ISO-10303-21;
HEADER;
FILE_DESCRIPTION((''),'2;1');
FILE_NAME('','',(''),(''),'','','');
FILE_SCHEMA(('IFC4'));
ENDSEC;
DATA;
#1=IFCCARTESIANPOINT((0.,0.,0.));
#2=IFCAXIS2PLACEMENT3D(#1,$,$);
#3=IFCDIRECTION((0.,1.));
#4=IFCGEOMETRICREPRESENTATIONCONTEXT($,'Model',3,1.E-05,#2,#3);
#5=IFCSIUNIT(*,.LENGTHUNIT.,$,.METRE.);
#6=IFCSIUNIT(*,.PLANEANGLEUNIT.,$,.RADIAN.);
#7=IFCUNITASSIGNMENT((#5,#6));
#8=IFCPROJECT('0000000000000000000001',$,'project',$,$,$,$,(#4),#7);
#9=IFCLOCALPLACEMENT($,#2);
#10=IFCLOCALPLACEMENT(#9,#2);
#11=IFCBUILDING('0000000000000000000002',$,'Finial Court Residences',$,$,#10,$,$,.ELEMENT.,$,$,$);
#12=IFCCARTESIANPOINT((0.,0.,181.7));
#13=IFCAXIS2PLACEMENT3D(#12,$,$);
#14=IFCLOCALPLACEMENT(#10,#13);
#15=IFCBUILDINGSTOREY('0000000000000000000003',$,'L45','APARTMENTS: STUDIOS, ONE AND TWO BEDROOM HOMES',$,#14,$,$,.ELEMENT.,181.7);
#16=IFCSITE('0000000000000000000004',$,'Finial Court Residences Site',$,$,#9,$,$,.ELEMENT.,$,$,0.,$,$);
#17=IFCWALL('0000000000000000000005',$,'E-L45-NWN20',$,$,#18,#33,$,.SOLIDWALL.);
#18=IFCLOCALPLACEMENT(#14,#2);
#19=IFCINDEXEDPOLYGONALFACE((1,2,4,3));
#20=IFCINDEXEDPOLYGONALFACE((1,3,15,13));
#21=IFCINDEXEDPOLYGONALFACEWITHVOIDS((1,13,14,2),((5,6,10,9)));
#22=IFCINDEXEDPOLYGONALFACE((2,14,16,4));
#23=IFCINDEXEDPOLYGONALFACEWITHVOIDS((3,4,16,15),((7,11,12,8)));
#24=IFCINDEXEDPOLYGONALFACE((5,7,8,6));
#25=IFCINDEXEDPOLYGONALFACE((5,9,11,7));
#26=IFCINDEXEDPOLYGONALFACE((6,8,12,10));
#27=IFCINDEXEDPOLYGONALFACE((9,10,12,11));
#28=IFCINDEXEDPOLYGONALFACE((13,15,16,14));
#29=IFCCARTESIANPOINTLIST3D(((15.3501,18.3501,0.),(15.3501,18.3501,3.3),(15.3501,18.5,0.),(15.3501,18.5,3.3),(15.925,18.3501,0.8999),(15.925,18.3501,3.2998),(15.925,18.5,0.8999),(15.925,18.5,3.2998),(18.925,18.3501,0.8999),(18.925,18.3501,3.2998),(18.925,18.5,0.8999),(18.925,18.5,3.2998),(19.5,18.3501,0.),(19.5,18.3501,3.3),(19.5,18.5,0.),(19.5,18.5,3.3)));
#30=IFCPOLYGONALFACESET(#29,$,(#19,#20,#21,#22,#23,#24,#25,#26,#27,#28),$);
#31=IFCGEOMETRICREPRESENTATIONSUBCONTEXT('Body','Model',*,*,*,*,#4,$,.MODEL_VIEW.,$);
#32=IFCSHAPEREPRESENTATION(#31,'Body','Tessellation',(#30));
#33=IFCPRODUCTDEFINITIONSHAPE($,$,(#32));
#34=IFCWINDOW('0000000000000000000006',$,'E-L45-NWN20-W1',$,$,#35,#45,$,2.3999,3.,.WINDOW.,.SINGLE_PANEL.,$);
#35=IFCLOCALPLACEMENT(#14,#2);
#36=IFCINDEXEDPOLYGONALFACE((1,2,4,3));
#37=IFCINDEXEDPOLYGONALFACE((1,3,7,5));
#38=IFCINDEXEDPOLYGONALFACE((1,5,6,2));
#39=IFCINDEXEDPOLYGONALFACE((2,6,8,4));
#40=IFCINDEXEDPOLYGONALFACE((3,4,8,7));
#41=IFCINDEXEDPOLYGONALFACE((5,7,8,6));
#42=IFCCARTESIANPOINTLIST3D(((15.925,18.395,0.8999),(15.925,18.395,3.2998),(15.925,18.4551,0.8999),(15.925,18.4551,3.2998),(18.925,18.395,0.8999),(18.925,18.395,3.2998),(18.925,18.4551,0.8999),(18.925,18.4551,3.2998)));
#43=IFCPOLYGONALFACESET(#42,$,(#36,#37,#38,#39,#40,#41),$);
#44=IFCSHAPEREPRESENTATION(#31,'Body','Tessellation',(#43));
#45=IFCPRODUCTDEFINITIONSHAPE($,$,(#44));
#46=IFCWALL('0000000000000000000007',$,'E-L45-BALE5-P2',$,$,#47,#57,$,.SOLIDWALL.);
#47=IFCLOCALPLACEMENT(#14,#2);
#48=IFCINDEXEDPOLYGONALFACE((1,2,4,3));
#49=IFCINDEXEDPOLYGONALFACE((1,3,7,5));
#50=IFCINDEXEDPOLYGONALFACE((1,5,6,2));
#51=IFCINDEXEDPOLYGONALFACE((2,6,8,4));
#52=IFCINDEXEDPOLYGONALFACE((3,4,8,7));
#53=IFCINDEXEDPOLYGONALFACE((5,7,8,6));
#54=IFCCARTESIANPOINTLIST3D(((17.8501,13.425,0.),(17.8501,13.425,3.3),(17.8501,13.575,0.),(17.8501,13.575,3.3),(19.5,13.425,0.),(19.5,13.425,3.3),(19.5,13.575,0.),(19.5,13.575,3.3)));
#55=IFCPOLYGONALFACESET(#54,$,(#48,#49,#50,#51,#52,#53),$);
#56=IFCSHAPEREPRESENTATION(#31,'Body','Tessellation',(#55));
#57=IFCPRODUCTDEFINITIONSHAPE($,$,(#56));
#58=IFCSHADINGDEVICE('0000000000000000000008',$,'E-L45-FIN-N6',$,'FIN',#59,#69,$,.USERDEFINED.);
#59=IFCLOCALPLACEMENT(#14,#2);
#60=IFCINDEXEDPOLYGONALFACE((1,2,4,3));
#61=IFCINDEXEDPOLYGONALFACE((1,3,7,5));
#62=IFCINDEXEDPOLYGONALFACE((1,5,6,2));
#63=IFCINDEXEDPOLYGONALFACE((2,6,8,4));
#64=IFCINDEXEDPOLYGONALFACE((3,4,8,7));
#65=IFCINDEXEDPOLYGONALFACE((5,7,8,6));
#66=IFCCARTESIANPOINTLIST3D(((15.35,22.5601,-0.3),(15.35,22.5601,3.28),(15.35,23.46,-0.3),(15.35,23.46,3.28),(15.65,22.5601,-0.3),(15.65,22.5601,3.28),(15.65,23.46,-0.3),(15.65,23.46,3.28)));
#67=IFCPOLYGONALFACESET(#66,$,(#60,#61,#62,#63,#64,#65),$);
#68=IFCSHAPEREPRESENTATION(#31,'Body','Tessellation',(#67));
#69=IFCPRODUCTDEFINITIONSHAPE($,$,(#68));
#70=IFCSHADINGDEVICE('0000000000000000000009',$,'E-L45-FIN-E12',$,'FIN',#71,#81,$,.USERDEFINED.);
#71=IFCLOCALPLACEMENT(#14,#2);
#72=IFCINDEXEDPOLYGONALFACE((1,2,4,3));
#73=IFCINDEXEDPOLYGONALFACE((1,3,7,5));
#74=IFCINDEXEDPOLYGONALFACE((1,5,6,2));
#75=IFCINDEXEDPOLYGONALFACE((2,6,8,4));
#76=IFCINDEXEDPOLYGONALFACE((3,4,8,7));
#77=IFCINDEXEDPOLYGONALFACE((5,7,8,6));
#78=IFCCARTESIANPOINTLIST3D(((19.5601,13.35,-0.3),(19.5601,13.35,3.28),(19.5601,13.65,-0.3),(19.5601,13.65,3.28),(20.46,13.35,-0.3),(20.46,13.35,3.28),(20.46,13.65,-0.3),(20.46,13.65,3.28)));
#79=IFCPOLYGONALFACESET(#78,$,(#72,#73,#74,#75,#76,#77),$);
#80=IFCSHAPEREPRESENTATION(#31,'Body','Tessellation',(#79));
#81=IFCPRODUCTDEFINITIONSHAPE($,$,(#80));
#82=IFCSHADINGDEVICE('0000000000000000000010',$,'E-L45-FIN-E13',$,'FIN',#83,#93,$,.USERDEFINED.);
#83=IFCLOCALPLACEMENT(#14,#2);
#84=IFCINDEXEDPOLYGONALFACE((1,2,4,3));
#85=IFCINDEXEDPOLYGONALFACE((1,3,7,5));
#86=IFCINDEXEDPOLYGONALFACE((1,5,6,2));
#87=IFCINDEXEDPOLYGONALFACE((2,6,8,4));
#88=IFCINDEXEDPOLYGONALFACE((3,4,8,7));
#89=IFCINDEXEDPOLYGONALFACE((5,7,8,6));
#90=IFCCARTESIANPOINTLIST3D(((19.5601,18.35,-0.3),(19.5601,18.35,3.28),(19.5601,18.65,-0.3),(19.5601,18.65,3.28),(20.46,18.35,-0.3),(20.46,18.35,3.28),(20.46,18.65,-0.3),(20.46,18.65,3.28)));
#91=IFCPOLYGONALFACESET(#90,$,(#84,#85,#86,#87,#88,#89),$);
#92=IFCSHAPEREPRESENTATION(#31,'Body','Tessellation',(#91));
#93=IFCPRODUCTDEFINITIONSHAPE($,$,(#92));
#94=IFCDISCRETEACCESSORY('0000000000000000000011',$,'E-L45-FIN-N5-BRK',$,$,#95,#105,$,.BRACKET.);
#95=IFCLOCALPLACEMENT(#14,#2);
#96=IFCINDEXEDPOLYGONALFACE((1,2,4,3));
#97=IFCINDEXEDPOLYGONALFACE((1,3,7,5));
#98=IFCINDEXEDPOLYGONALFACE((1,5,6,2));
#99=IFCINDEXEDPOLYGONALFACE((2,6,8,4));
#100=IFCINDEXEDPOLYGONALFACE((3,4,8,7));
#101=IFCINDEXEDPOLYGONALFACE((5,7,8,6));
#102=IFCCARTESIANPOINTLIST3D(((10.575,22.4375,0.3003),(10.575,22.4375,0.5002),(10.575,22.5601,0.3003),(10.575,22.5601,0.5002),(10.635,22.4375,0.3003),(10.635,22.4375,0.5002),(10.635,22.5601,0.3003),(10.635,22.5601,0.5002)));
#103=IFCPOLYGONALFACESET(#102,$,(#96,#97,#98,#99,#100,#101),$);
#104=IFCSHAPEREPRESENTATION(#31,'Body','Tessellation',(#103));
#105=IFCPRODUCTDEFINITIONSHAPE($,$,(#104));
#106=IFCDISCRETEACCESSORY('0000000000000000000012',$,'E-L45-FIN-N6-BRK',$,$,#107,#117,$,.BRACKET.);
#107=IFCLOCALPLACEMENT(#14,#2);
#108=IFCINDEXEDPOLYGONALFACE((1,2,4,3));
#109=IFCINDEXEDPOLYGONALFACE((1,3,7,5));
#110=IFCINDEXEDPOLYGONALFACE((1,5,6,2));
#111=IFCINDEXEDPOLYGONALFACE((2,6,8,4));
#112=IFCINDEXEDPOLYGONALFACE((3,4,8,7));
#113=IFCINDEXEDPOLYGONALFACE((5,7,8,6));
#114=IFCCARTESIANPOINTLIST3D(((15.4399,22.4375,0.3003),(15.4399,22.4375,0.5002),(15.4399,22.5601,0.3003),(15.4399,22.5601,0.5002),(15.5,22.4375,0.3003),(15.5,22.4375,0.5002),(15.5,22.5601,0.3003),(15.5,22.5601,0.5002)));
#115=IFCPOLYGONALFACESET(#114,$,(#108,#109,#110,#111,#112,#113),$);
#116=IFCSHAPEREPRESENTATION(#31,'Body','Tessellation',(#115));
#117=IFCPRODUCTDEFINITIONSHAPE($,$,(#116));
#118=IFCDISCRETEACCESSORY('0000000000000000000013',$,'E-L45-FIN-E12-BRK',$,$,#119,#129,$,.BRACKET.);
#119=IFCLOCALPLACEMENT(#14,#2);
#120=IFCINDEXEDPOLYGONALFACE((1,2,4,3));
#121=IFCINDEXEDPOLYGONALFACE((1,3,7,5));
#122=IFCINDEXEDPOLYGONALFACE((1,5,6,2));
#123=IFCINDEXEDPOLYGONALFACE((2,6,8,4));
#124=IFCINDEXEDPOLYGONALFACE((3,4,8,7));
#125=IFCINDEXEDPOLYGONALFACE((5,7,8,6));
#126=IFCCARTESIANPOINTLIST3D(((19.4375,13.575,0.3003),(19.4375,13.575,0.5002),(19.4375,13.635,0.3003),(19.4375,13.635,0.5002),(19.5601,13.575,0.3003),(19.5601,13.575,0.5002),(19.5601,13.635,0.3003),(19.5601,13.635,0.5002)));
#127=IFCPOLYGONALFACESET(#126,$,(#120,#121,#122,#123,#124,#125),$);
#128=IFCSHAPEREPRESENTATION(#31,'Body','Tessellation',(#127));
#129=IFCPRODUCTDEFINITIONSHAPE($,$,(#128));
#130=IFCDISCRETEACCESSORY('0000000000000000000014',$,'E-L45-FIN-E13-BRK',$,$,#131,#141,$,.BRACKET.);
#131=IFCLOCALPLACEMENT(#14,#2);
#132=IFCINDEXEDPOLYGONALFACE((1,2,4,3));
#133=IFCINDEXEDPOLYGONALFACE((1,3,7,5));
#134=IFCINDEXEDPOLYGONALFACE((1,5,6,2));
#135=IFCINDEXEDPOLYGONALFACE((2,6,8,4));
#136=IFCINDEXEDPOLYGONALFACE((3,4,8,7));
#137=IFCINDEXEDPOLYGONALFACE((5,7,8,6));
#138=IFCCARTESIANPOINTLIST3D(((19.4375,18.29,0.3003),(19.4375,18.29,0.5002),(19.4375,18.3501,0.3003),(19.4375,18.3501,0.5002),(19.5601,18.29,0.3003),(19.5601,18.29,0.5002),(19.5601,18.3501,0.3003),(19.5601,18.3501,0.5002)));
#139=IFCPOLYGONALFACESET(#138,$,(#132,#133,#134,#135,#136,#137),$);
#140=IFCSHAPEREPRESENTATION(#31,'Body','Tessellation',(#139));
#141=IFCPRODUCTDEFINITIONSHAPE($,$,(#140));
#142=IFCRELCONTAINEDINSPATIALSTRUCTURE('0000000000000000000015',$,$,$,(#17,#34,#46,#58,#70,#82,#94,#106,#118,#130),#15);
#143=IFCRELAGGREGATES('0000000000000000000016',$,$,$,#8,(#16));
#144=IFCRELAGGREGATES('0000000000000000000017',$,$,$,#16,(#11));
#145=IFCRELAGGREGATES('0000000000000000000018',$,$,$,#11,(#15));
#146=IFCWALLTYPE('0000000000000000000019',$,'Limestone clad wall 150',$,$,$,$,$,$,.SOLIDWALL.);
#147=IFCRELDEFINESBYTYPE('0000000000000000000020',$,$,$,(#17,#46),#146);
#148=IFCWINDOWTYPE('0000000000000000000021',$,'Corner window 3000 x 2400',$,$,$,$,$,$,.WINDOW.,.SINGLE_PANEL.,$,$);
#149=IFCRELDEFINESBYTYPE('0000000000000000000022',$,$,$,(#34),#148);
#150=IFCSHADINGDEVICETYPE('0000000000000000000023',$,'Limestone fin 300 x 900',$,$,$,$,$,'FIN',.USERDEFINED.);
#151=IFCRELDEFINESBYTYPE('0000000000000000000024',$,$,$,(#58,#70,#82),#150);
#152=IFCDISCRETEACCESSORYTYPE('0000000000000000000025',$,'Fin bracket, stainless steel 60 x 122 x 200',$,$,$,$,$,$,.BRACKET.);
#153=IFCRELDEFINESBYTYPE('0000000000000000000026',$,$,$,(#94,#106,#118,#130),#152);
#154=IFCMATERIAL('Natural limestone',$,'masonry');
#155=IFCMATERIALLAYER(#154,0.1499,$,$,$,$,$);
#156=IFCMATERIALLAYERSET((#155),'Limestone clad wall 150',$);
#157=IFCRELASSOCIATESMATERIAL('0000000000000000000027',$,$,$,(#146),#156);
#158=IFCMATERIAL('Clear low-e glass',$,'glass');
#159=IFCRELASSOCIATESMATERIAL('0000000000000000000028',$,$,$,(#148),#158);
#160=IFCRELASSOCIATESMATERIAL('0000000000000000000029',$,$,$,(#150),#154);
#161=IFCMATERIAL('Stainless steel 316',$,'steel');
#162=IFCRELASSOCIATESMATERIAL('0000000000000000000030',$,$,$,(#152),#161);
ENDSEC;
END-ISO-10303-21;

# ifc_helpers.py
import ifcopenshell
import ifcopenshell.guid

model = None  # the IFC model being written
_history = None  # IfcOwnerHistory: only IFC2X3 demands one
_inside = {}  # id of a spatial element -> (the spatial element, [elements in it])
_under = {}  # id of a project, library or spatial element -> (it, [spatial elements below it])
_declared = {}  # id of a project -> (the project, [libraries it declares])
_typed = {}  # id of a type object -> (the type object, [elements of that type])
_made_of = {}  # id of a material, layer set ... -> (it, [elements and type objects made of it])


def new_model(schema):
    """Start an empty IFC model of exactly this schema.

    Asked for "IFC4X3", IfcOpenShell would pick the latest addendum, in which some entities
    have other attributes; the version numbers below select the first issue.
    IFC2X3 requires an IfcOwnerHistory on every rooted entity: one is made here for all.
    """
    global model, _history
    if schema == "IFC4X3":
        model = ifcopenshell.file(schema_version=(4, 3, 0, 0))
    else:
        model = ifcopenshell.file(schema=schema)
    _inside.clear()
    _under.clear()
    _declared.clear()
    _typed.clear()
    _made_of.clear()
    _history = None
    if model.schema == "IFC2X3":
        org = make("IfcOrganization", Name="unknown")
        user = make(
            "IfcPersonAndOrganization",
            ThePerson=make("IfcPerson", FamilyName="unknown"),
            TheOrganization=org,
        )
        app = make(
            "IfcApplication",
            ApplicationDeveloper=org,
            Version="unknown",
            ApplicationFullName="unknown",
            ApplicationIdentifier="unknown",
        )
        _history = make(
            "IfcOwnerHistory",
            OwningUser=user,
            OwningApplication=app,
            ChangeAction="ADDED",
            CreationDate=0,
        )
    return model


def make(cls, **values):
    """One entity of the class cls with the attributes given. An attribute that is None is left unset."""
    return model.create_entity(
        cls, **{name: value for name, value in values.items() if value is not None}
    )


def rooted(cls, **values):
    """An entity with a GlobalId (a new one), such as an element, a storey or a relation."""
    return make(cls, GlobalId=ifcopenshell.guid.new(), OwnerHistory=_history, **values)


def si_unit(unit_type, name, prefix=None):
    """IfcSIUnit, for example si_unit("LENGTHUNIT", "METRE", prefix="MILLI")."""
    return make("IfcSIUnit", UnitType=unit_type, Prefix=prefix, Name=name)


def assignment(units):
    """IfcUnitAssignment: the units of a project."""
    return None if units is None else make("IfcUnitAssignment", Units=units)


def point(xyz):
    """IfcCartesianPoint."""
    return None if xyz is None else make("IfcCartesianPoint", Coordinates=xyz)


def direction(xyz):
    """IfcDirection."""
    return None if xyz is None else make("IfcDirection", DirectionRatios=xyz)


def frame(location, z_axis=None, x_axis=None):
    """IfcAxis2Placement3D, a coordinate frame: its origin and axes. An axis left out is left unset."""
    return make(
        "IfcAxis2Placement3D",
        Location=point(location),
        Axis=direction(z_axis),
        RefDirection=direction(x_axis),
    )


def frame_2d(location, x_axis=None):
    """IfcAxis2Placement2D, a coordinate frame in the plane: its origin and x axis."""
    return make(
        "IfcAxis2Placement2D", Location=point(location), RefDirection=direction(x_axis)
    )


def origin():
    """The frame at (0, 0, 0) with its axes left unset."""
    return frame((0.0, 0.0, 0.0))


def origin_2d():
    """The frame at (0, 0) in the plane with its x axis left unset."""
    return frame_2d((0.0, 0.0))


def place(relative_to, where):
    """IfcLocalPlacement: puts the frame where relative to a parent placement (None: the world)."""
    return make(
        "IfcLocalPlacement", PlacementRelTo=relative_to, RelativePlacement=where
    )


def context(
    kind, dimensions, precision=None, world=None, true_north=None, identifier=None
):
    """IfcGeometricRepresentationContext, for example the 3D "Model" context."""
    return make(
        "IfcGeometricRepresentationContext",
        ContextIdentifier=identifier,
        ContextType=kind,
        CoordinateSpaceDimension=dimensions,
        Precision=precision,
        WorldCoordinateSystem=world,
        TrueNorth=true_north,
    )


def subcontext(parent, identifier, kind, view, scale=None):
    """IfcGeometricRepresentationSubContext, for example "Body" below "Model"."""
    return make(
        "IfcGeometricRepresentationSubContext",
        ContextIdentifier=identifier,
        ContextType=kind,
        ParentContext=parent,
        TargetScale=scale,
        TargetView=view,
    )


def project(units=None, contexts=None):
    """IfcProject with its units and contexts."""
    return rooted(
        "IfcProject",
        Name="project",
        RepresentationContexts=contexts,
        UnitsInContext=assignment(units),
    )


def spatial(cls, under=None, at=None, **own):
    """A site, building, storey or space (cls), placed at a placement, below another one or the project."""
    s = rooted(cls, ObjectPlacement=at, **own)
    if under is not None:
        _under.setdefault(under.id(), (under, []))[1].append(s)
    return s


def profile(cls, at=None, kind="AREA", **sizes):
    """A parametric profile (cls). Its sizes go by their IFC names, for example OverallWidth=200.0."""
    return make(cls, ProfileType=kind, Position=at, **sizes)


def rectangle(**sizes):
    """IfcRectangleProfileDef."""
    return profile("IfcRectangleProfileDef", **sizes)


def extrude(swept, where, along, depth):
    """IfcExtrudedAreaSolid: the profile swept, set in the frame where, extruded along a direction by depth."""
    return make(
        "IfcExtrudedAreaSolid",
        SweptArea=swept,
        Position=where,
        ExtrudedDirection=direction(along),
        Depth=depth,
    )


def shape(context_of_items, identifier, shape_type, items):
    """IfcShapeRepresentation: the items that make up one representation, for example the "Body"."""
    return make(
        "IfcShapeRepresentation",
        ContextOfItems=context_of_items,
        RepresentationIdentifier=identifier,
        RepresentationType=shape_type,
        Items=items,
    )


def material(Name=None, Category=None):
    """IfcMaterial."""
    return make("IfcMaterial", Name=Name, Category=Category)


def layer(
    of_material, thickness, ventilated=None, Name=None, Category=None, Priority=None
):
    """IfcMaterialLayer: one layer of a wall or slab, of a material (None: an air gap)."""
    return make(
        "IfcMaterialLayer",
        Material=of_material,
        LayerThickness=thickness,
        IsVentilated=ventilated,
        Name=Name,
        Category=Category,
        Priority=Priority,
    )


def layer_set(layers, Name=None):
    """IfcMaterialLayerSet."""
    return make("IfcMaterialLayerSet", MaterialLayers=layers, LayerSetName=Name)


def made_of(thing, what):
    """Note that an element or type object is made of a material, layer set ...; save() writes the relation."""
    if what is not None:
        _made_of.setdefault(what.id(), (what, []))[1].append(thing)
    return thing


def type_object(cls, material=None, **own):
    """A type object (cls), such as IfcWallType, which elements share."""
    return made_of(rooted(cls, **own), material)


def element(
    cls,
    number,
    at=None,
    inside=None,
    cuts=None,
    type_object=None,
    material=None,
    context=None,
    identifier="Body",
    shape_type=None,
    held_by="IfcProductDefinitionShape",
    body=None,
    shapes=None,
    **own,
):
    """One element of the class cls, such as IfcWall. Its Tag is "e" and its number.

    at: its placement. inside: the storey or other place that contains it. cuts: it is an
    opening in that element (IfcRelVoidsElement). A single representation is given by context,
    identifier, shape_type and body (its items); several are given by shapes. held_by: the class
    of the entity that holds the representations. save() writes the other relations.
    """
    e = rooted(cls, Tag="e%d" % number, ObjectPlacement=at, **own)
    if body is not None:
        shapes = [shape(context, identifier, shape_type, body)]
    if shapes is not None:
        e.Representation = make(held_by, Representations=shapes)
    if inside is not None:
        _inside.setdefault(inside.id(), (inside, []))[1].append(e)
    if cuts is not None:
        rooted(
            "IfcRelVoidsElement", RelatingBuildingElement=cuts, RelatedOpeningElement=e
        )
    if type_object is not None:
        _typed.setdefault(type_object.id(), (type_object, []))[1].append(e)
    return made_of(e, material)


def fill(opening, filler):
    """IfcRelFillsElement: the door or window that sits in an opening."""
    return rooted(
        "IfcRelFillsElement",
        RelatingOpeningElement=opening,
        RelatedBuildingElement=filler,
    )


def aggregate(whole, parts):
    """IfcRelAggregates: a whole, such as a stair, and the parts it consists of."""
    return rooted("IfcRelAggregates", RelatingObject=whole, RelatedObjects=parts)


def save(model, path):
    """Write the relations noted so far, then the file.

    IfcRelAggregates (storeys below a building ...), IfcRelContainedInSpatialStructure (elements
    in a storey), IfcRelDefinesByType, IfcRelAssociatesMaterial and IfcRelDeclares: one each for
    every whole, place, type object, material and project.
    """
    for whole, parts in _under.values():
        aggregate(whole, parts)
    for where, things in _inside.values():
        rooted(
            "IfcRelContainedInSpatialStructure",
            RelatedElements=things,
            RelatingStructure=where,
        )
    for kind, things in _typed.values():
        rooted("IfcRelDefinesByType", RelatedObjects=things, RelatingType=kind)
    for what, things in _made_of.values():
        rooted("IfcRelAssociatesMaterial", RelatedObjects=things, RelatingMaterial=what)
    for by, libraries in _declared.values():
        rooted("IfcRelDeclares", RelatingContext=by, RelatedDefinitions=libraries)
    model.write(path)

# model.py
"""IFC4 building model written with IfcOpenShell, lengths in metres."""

from ifc_helpers import new_model, si_unit, direction, frame, frame_2d, origin, origin_2d, place, context, subcontext, project, spatial, rectangle, extrude, material, layer, layer_set, type_object, element, fill, save


model = new_model("IFC4")

# Units and contexts
model_context = context("Model", 3, precision=1e-05, world=origin(), true_north=direction((0.0, 1.0)))
body_context = subcontext(model_context, "Body", "Model", "MODEL_VIEW")
ifc_project = project(units=[si_unit("LENGTHUNIT", "METRE"), si_unit("PLANEANGLEUNIT", "RADIAN")], contexts=[model_context])

# Site, building, storey
site_placement = place(None, origin())
site = spatial("IfcSite", under=ifc_project, at=site_placement, Name="Finial Court Residences Site", CompositionType="ELEMENT", RefElevation=0.0)
building_placement = place(site_placement, origin())
building = spatial("IfcBuilding", under=site, at=building_placement, Name="Finial Court Residences", CompositionType="ELEMENT")
storey_placement = place(building_placement, frame((0.0, 0.0, 181.7)))
storey = spatial("IfcBuildingStorey", under=building, at=storey_placement, Name="L45", Description="APARTMENTS: STUDIOS, ONE AND TWO BEDROOM HOMES", CompositionType="ELEMENT", Elevation=181.7)

# Shared definitions
ifc_material_1 = material(Name="Clear low-e glass", Category="glass")

# Wall, opening, window
ifc_material_2 = material(Name="Natural limestone", Category="masonry")
ifc_layer_1 = layer(ifc_material_2, 0.1499)
ifc_layer_set_1 = layer_set([ifc_layer_1], Name="Limestone clad wall 150")
wall_type = type_object("IfcWallType", Name="Limestone clad wall 150", PredefinedType="SOLIDWALL", material=ifc_layer_set_1)
wall_1_placement = place(storey_placement, frame((15.3501, 18.425, 0.0), z_axis=(0.0, 0.0, 1.0), x_axis=(1.0, 0.0, 0.0)))
wall_1 = element("IfcWall", 1, at=wall_1_placement, inside=storey, type_object=wall_type, Name="E-L45-NWN20", PredefinedType="SOLIDWALL", context=body_context, shape_type="SweptSolid", body=[
    extrude(rectangle(XDim=4.1499, YDim=0.1499, at=frame_2d((2.075, 0.0))), origin(), (0.0, 0.0, 1.0), 3.3),
])
opening_1_placement = place(wall_1_placement, frame((0.575, 0.0, 0.8999)))
opening_1 = element("IfcOpeningElement", 2, at=opening_1_placement, cuts=wall_1, PredefinedType="OPENING", context=body_context, shape_type="SweptSolid", body=[
    extrude(rectangle(XDim=3.0, YDim=2.3999, at=frame_2d((1.5, 1.2))), frame((0.0, 0.085, 0.0), z_axis=(0.0, -1.0, 0.0), x_axis=(1.0, 0.0, 0.0)), (0.0, 0.0, 1.0), 0.1699),
])
window_type_1 = type_object("IfcWindowType", Name="Corner window 3000 x 2400", PartitioningType="SINGLE_PANEL", PredefinedType="WINDOW", material=ifc_material_1)
window_1_placement = place(opening_1_placement, origin())
window_1 = element("IfcWindow", 3, at=window_1_placement, inside=storey, type_object=window_type_1, Name="E-L45-NWN20-W1", OverallHeight=2.3999, OverallWidth=3.0, PartitioningType="SINGLE_PANEL", PredefinedType="WINDOW", context=body_context, shape_type="SweptSolid", body=[
    extrude(rectangle(XDim=3.0, YDim=2.3999, at=frame_2d((1.5, 1.2))), frame((0.0, 0.03, 0.0), z_axis=(0.0, -1.0, 0.0), x_axis=(1.0, 0.0, 0.0)), (0.0, 0.0, 1.0), 0.0601),
])
fill(opening_1, window_1)

# Wall
wall_2_placement = place(storey_placement, frame((17.8501, 13.5, 0.0), z_axis=(0.0, 0.0, 1.0), x_axis=(1.0, 0.0, 0.0)))
element("IfcWall", 4, at=wall_2_placement, inside=storey, type_object=wall_type, Name="E-L45-BALE5-P2", PredefinedType="SOLIDWALL", context=body_context, shape_type="SweptSolid", body=[
    extrude(rectangle(XDim=1.6499, YDim=0.1499, at=frame_2d((0.825, 0.0))), origin(), (0.0, 0.0, 1.0), 3.3),
])

# Shading devices
shading_device_type = type_object("IfcShadingDeviceType", Name="Limestone fin 300 x 900", ElementType="FIN", PredefinedType="USERDEFINED", material=ifc_material_2)
shading_device_placement = place(storey_placement, frame((15.5, 23.01, -0.3), z_axis=(0.0, 0.0, 1.0), x_axis=(1.0, 0.0, 0.0)))
element("IfcShadingDevice", 5, at=shading_device_placement, inside=storey, type_object=shading_device_type, Name="E-L45-FIN-N6", ObjectType="FIN", PredefinedType="USERDEFINED", context=body_context, shape_type="SweptSolid", body=[
    extrude(rectangle(XDim=0.3, YDim=0.8999, at=origin_2d()), origin(), (0.0, 0.0, 1.0), 3.5801),
])
for number, where, z_axis, x_axis, name in (
    (6, (20.01, 13.5, -0.3), (0.0, 0.0, 1.0), (1.0, 0.0, 0.0), "E-L45-FIN-E12"),
    (7, (20.01, 18.5, -0.3), (0.0, 0.0, 1.0), (1.0, 0.0, 0.0), "E-L45-FIN-E13"),
):
    element("IfcShadingDevice", number, at=place(storey_placement, frame(where, z_axis=z_axis, x_axis=x_axis)), inside=storey, type_object=shading_device_type, Name=name, ObjectType="FIN", PredefinedType="USERDEFINED", context=body_context, shape_type="SweptSolid", body=[
        extrude(rectangle(XDim=0.8999, YDim=0.3, at=origin_2d()), origin(), (0.0, 0.0, 1.0), 3.5801),
    ])

# Discrete accessories
ifc_material_3 = material(Name="Stainless steel 316", Category="steel")
discrete_accessory_type = type_object("IfcDiscreteAccessoryType", Name="Fin bracket, stainless steel 60 x 122 x 200", PredefinedType="BRACKET", material=ifc_material_3)
for number, where, z_axis, x_axis, name in (
    (8, (10.605, 22.4988, 0.3003), (0.0, 0.0, 1.0), (1.0, 0.0, 0.0), "E-L45-FIN-N5-BRK"),
    (9, (15.47, 22.4988, 0.3003), (0.0, 0.0, 1.0), (1.0, 0.0, 0.0), "E-L45-FIN-N6-BRK"),
):
    element("IfcDiscreteAccessory", number, at=place(storey_placement, frame(where, z_axis=z_axis, x_axis=x_axis)), inside=storey, type_object=discrete_accessory_type, Name=name, PredefinedType="BRACKET", context=body_context, shape_type="SweptSolid", body=[
        extrude(rectangle(XDim=0.0601, YDim=0.1226, at=origin_2d()), origin(), (0.0, 0.0, 1.0), 0.2),
    ])
for number, where, z_axis, x_axis, name in (
    (10, (19.4988, 13.605, 0.3003), (0.0, 0.0, 1.0), (1.0, 0.0, 0.0), "E-L45-FIN-E12-BRK"),
    (11, (19.4988, 18.3201, 0.3003), (0.0, 0.0, 1.0), (1.0, 0.0, 0.0), "E-L45-FIN-E13-BRK"),
):
    element("IfcDiscreteAccessory", number, at=place(storey_placement, frame(where, z_axis=z_axis, x_axis=x_axis)), inside=storey, type_object=discrete_accessory_type, Name=name, PredefinedType="BRACKET", context=body_context, shape_type="SweptSolid", body=[
        extrude(rectangle(XDim=0.1226, YDim=0.0601, at=origin_2d()), origin(), (0.0, 0.0, 1.0), 0.2),
    ])

save(model, "model.ifc")
